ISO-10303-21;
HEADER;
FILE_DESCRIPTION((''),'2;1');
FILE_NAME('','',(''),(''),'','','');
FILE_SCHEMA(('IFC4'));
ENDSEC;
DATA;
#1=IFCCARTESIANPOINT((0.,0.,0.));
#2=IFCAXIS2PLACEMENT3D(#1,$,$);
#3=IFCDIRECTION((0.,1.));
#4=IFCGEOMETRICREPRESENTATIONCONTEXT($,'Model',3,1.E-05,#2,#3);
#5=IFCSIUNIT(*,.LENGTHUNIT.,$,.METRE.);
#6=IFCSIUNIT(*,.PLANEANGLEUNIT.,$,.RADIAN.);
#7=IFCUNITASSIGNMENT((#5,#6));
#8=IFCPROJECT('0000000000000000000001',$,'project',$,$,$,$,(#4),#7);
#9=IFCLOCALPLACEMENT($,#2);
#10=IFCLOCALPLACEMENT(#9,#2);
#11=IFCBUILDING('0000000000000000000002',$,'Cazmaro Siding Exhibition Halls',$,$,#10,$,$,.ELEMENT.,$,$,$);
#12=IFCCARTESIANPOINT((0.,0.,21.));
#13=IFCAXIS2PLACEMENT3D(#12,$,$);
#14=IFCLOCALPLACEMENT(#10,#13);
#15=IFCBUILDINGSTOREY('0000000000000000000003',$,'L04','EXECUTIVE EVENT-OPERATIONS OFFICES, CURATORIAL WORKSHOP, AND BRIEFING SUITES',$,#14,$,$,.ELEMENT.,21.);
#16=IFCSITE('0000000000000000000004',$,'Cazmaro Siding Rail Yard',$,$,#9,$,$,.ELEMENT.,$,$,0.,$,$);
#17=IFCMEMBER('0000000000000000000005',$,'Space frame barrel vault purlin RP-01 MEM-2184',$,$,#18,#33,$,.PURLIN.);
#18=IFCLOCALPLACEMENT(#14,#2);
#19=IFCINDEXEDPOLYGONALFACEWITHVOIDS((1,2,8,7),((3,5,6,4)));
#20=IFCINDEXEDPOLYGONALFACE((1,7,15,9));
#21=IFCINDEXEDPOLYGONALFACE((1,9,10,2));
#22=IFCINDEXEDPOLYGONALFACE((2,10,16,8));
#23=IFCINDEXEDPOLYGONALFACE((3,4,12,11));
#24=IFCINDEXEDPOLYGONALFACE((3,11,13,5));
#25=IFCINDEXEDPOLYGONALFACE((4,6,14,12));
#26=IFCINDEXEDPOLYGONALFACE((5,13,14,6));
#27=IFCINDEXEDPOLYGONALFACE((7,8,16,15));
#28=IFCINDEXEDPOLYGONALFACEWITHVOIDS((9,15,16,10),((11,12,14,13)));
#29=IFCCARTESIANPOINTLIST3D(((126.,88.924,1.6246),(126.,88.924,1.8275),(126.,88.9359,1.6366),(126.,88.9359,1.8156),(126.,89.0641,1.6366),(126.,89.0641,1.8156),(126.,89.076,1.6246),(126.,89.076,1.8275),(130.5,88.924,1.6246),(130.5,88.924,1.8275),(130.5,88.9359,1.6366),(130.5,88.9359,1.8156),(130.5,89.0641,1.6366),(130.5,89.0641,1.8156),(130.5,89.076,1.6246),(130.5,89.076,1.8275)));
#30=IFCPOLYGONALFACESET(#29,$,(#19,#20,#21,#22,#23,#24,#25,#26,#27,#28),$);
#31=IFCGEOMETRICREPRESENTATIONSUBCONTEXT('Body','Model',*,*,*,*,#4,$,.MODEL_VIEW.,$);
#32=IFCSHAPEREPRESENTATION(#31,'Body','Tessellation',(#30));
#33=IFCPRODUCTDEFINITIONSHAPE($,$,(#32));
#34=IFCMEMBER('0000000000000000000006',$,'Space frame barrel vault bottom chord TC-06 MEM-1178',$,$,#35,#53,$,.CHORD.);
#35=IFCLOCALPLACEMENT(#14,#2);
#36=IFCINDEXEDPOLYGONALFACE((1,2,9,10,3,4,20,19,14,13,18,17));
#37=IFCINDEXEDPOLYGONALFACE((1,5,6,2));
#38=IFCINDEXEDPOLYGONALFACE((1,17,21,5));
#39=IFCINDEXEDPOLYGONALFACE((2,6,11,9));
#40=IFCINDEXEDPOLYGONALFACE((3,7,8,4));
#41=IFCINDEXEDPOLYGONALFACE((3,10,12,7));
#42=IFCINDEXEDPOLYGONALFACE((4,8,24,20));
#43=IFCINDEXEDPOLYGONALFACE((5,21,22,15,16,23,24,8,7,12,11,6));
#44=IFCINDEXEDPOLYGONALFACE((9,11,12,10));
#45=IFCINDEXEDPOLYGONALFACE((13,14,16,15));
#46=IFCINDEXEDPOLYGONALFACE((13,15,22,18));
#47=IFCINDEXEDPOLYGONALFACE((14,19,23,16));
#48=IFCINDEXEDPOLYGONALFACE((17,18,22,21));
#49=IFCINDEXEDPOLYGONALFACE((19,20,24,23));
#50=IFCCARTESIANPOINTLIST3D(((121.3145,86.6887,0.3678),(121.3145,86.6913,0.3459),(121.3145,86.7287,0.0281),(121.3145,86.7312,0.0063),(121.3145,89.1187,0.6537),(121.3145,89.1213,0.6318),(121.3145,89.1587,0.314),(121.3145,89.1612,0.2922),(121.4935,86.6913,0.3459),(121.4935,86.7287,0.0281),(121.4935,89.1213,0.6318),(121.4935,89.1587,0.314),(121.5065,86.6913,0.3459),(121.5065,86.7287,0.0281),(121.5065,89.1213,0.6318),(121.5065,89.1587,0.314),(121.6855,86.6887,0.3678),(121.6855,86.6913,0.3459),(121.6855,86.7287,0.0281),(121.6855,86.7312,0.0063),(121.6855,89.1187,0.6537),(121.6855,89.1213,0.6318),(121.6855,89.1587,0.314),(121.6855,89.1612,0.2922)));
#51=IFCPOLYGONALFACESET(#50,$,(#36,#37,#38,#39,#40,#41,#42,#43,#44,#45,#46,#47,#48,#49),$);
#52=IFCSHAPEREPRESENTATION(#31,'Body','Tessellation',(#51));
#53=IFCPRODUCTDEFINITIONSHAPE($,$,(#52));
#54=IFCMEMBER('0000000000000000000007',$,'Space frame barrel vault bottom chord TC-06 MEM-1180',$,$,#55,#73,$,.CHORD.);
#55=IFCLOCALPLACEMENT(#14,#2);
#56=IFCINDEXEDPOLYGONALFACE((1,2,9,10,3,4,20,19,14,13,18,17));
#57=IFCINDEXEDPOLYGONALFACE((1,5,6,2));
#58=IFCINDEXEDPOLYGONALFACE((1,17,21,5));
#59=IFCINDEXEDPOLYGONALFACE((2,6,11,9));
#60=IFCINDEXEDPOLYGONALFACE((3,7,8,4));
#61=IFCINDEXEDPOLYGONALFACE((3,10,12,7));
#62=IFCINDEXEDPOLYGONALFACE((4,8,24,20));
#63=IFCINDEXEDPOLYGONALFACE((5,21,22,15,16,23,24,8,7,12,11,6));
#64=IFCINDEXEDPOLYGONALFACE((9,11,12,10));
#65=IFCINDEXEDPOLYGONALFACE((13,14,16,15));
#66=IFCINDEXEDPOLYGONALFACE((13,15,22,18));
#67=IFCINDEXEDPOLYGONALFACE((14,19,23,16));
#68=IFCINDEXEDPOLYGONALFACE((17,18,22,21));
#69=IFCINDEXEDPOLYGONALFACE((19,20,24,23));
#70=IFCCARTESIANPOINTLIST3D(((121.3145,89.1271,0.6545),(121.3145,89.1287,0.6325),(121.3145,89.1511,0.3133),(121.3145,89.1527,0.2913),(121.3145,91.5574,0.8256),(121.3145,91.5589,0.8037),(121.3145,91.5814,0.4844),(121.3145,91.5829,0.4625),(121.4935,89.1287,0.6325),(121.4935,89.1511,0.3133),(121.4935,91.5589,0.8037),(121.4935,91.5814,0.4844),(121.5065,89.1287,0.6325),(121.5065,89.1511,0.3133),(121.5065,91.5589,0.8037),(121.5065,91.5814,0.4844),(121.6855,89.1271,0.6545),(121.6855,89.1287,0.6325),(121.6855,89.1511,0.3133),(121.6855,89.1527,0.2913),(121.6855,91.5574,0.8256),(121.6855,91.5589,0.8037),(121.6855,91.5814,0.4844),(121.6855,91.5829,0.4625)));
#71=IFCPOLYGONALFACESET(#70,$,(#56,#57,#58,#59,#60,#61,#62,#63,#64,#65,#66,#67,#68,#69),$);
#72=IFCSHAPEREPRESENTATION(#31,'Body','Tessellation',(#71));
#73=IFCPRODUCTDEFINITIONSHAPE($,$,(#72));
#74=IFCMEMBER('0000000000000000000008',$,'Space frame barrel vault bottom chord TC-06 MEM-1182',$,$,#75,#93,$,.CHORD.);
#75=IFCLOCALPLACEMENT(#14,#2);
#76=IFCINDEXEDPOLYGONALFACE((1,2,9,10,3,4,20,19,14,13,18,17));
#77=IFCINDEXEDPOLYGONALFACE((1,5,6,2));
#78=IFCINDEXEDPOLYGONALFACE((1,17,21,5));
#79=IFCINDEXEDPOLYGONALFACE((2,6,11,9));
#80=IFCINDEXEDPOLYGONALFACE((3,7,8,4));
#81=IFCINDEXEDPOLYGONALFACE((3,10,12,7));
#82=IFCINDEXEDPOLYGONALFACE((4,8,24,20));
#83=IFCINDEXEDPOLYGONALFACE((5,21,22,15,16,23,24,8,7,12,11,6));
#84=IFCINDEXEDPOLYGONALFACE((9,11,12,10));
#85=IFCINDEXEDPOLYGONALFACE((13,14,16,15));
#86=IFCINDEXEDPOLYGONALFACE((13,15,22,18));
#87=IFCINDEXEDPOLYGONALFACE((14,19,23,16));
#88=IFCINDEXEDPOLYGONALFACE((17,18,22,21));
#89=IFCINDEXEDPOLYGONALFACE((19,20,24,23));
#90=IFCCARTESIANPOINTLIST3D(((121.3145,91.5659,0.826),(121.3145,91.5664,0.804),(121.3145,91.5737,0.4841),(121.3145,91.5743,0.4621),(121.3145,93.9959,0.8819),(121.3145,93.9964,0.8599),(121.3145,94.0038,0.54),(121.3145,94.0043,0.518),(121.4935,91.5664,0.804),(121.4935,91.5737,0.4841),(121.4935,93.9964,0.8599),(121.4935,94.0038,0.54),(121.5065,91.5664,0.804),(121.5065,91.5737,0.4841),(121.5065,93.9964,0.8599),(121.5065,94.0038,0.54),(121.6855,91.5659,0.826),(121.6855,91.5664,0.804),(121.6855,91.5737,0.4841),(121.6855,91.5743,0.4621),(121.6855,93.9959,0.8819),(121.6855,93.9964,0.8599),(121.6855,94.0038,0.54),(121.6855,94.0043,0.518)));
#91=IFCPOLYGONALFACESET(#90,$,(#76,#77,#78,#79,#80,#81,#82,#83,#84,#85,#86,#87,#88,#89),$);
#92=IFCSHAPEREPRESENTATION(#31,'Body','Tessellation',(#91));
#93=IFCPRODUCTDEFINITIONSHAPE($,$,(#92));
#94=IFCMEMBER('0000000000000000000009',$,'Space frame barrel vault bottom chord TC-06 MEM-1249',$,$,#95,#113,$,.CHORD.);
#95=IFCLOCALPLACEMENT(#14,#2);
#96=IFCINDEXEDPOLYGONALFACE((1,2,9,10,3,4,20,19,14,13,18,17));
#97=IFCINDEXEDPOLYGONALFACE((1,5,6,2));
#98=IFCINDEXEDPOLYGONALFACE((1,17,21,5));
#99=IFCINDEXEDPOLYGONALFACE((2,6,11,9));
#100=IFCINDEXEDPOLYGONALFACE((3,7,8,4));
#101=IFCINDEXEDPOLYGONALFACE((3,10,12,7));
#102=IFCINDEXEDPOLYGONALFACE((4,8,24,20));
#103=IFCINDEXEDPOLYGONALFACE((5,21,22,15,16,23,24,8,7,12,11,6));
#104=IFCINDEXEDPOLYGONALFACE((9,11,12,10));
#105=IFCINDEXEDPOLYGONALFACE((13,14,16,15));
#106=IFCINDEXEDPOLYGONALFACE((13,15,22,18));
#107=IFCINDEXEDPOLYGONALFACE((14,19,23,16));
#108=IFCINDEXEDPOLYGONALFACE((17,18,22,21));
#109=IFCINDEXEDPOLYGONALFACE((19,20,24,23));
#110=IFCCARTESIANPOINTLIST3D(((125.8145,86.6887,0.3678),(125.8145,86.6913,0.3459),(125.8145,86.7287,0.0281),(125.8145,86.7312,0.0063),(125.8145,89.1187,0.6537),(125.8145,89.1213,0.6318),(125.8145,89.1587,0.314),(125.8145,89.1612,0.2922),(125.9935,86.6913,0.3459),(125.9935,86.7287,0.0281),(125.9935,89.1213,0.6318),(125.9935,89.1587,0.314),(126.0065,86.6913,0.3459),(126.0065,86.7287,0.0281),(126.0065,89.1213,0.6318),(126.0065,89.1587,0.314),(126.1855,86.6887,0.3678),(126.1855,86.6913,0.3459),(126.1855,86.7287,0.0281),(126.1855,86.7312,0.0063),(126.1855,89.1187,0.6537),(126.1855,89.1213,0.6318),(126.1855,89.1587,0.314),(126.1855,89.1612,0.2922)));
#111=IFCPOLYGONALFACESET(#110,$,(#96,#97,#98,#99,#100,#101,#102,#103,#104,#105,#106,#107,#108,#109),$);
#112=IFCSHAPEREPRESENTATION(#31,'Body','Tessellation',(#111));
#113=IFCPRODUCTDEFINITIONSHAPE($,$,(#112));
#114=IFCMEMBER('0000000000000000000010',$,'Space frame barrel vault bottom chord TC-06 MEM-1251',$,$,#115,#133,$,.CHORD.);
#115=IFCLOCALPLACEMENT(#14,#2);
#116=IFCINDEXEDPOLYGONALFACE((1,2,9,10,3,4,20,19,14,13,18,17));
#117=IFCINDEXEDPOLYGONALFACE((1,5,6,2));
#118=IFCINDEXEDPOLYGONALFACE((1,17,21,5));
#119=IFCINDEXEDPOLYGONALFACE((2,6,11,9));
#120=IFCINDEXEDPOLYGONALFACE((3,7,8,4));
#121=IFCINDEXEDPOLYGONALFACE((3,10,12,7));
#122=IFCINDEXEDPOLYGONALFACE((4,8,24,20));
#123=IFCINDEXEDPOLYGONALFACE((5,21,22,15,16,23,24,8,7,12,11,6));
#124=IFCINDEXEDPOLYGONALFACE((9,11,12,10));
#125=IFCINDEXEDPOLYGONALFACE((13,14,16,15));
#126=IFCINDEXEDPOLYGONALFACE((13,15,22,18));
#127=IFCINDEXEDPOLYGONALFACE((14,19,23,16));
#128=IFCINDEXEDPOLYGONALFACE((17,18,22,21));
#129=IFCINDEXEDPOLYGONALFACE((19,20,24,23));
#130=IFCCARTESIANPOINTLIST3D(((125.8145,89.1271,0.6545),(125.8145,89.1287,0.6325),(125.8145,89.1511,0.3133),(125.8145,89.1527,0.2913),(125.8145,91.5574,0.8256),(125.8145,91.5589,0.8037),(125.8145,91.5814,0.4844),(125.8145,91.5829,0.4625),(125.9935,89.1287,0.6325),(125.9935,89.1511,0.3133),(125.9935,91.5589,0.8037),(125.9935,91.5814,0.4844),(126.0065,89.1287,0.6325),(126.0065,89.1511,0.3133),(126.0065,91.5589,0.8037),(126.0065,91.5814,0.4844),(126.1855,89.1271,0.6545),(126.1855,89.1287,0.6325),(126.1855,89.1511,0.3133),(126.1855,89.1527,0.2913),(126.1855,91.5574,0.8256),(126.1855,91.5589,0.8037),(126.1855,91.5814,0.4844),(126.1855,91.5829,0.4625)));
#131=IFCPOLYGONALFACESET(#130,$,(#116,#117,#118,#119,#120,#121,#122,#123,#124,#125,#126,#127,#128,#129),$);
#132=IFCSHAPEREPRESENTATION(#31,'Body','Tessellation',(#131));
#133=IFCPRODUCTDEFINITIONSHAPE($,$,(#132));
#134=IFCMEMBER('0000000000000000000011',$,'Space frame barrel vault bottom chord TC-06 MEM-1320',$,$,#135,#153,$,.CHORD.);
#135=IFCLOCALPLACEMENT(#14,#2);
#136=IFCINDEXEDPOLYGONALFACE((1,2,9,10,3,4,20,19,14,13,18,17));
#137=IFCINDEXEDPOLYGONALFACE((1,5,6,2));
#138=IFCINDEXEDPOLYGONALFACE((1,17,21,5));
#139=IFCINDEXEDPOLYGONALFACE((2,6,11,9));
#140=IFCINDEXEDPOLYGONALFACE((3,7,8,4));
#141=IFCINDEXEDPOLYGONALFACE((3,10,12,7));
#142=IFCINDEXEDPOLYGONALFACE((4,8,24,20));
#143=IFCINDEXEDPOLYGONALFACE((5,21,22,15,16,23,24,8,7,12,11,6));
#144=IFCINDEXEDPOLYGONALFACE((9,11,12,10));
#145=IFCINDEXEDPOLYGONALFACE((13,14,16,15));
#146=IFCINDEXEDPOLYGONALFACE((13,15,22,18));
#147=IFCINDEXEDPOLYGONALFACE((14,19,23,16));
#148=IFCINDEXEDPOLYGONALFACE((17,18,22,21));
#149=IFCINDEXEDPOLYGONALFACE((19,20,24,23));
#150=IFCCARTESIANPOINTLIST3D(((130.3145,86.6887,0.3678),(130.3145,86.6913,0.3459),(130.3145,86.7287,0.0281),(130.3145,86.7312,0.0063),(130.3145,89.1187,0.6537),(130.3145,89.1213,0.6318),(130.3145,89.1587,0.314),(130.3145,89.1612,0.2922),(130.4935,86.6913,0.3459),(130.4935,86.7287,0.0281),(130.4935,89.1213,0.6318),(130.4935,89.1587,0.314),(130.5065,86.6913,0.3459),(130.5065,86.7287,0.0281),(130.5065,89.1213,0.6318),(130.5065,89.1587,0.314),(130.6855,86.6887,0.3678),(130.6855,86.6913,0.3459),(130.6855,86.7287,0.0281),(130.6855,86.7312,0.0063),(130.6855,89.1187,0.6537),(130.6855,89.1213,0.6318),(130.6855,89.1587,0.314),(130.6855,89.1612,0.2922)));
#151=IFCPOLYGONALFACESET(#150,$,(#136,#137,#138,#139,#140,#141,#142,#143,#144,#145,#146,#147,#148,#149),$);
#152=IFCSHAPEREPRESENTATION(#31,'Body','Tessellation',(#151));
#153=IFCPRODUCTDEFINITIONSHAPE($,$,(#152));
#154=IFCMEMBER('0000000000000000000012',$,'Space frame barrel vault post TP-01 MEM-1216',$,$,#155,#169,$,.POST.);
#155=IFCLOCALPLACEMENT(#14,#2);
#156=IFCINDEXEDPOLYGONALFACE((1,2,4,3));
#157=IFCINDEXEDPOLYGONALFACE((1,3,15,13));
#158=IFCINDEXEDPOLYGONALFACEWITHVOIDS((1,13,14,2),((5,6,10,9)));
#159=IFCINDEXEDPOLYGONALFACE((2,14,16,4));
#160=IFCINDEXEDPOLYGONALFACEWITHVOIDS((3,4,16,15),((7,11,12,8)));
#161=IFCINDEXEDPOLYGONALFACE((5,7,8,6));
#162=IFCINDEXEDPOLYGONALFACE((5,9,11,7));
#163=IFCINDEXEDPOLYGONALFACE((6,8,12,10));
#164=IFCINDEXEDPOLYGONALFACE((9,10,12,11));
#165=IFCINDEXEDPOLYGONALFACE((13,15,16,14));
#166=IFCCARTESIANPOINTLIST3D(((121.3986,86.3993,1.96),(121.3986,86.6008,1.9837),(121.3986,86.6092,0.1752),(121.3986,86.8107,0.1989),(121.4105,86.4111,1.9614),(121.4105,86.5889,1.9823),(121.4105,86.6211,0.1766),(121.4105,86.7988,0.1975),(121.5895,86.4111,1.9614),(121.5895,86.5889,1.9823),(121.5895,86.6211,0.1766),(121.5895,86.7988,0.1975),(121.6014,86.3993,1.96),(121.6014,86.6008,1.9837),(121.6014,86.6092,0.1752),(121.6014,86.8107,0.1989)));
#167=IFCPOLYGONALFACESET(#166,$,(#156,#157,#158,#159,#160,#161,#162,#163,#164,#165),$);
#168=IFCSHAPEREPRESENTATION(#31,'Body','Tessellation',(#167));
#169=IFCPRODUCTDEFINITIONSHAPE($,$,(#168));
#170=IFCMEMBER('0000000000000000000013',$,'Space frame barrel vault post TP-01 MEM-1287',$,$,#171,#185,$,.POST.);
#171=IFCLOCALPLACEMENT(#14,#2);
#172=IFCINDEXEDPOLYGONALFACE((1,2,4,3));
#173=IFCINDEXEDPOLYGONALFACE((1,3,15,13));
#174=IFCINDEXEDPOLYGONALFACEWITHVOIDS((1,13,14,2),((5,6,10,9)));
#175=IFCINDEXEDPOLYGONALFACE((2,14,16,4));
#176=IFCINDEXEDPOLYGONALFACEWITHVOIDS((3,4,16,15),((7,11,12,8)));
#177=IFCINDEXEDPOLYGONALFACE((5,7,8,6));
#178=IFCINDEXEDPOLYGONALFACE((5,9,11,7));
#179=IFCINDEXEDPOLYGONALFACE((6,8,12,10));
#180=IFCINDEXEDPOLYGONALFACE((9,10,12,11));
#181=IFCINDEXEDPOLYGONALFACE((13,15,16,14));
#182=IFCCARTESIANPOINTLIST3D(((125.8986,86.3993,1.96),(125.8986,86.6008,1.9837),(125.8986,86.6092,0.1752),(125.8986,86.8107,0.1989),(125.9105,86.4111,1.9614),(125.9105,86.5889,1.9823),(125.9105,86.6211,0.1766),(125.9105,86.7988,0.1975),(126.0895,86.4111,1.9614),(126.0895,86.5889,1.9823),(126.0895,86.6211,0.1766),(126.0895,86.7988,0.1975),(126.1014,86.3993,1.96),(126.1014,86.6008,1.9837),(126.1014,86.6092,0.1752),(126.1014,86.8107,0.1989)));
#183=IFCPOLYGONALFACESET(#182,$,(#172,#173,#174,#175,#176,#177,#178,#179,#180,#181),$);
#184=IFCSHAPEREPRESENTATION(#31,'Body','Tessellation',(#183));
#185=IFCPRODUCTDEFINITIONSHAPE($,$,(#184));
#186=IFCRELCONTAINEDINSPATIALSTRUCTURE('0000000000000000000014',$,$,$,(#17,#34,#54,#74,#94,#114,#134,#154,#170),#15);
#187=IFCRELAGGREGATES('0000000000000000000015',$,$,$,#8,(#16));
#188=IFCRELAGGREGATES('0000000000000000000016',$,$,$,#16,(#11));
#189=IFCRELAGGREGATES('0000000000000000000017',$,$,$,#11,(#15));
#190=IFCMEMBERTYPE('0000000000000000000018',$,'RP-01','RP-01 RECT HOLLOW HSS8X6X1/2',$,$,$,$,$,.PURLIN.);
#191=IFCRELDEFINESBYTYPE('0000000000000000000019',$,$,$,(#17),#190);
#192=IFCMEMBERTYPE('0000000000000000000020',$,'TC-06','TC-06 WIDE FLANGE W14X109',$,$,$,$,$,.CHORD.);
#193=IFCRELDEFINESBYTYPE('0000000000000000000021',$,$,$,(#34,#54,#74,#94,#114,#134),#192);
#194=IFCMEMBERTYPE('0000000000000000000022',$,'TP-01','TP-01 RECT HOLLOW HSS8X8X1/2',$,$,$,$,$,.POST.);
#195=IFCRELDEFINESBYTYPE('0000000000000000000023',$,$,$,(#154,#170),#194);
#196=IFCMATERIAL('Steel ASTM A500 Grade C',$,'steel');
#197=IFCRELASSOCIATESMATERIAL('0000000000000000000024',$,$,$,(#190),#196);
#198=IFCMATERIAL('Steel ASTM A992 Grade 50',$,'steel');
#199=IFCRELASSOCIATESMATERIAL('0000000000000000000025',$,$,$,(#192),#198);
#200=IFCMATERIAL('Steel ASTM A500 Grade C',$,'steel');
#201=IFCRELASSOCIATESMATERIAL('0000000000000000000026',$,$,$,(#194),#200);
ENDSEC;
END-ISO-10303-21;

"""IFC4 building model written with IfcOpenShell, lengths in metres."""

from ifc_helpers import new_model, si_unit, direction, frame, origin, origin_2d, place, context, subcontext, project, spatial, hollow_rectangle, i_section, extrude, material, material_profile, profile_set, type_object, element, save


model = new_model("IFC4")

# Units and contexts
model_context = context("Model", 3, precision=1e-05, world=origin(), true_north=direction((0.0, 1.0)))
body_context = subcontext(model_context, "Body", "Model", "MODEL_VIEW")
ifc_project = project(units=[si_unit("LENGTHUNIT", "METRE"), si_unit("PLANEANGLEUNIT", "RADIAN")], contexts=[model_context])

# Site, building, storey
site_placement = place(None, origin())
site = spatial("IfcSite", under=ifc_project, at=site_placement, Name="Cazmaro Siding Rail Yard", CompositionType="ELEMENT", RefElevation=0.0)
building_placement = place(site_placement, origin())
building = spatial("IfcBuilding", under=site, at=building_placement, Name="Cazmaro Siding Exhibition Halls", CompositionType="ELEMENT")
storey_placement = place(building_placement, frame((0.0, 0.0, 21.0)))
storey = spatial("IfcBuildingStorey", under=building, at=storey_placement, Name="L04", Description="EXECUTIVE EVENT-OPERATIONS OFFICES, CURATORIAL WORKSHOP, AND BRIEFING SUITES", CompositionType="ELEMENT", Elevation=21.0)

# Members
ifc_material_1 = material(Name="Steel ASTM A500 Grade C", Category="steel")
ifc_material_profile_1 = material_profile(ifc_material_1, hollow_rectangle(XDim=0.1521, YDim=0.2029, WallThickness=0.012, at=origin_2d()), Name="HSS8X6X1/2")
ifc_profile_set_1 = profile_set([ifc_material_profile_1], Name="Steel ASTM A500 Grade C")
member_type_1 = type_object("IfcMemberType", Name="RP-01", Description="RP-01 RECT HOLLOW HSS8X6X1/2", PredefinedType="PURLIN", material=ifc_profile_set_1)
for number, where, z_axis, x_axis, name in (
    (1, (126.0, 89.0, 1.7261), (1.0, 0.0, 0.0), (0.0, 1.0, 0.0), "Space frame barrel vault purlin RP-01 MEM-2184"),
):
    element("IfcMember", number, at=place(storey_placement, frame(where, z_axis=z_axis, x_axis=x_axis)), inside=storey, type_object=member_type_1, Name=name, PredefinedType="PURLIN", context=body_context, shape_type="SweptSolid", body=[
        extrude(hollow_rectangle(XDim=0.1521, YDim=0.2029, WallThickness=0.012, at=origin_2d()), origin(), (0.0, 0.0, 1.0), 4.5),
    ])
ifc_material_2 = material(Name="Steel ASTM A992 Grade 50", Category="steel")
ifc_material_profile_2 = material_profile(ifc_material_2, i_section(OverallWidth=0.3711, OverallDepth=0.364, WebThickness=0.0129, FlangeThickness=0.022, at=origin_2d()), Name="W14X109")
ifc_profile_set_2 = profile_set([ifc_material_profile_2], Name="Steel ASTM A992 Grade 50")
member_type_2 = type_object("IfcMemberType", Name="TC-06", Description="TC-06 WIDE FLANGE W14X109", PredefinedType="CHORD", material=ifc_profile_set_2)
member_1_placement = place(storey_placement, frame((121.5, 86.71, 0.187), z_axis=(0.0, 0.99315, 0.116847), x_axis=(-1.0, 0.0, 0.0)))
element("IfcMember", 2, at=member_1_placement, inside=storey, type_object=member_type_2, Name="Space frame barrel vault bottom chord TC-06 MEM-1178", PredefinedType="CHORD", context=body_context, shape_type="SweptSolid", body=[
    extrude(i_section(OverallWidth=0.3711, OverallDepth=0.364, WebThickness=0.0129, FlangeThickness=0.022, at=origin_2d()), origin(), (0.0, 0.0, 1.0), 2.4468),
])
member_2_placement = place(storey_placement, frame((121.5, 89.1399, 0.4729), z_axis=(0.0, 0.997529, 0.07025), x_axis=(-1.0, 0.0, 0.0)))
element("IfcMember", 3, at=member_2_placement, inside=storey, type_object=member_type_2, Name="Space frame barrel vault bottom chord TC-06 MEM-1180", PredefinedType="CHORD", context=body_context, shape_type="SweptSolid", body=[
    extrude(i_section(OverallWidth=0.3711, OverallDepth=0.364, WebThickness=0.0129, FlangeThickness=0.022, at=origin_2d()), origin(), (0.0, 0.0, 1.0), 2.4363),
])
member_3_placement = place(storey_placement, frame((121.5, 91.5701, 0.644), z_axis=(0.0, 0.999735, 0.023002), x_axis=(-1.0, 0.0, 0.0)))
element("IfcMember", 4, at=member_3_placement, inside=storey, type_object=member_type_2, Name="Space frame barrel vault bottom chord TC-06 MEM-1182", PredefinedType="CHORD", context=body_context, shape_type="SweptSolid", body=[
    extrude(i_section(OverallWidth=0.3711, OverallDepth=0.364, WebThickness=0.0129, FlangeThickness=0.022, at=origin_2d()), origin(), (0.0, 0.0, 1.0), 2.4307),
])
member_4_placement = place(storey_placement, frame((126.0, 86.71, 0.187), z_axis=(0.0, 0.99315, 0.116847), x_axis=(-1.0, 0.0, 0.0)))
element("IfcMember", 5, at=member_4_placement, inside=storey, type_object=member_type_2, Name="Space frame barrel vault bottom chord TC-06 MEM-1249", PredefinedType="CHORD", context=body_context, shape_type="SweptSolid", body=[
    extrude(i_section(OverallWidth=0.3711, OverallDepth=0.364, WebThickness=0.0129, FlangeThickness=0.022, at=origin_2d()), origin(), (0.0, 0.0, 1.0), 2.4468),
])
member_5_placement = place(storey_placement, frame((126.0, 89.1399, 0.4729), z_axis=(0.0, 0.997529, 0.07025), x_axis=(-1.0, 0.0, 0.0)))
element("IfcMember", 6, at=member_5_placement, inside=storey, type_object=member_type_2, Name="Space frame barrel vault bottom chord TC-06 MEM-1251", PredefinedType="CHORD", context=body_context, shape_type="SweptSolid", body=[
    extrude(i_section(OverallWidth=0.3711, OverallDepth=0.364, WebThickness=0.0129, FlangeThickness=0.022, at=origin_2d()), origin(), (0.0, 0.0, 1.0), 2.4363),
])
member_6_placement = place(storey_placement, frame((130.5, 86.71, 0.187), z_axis=(0.0, 0.99315, 0.116847), x_axis=(-1.0, 0.0, 0.0)))
element("IfcMember", 7, at=member_6_placement, inside=storey, type_object=member_type_2, Name="Space frame barrel vault bottom chord TC-06 MEM-1320", PredefinedType="CHORD", context=body_context, shape_type="SweptSolid", body=[
    extrude(i_section(OverallWidth=0.3711, OverallDepth=0.364, WebThickness=0.0129, FlangeThickness=0.022, at=origin_2d()), origin(), (0.0, 0.0, 1.0), 2.4468),
])
ifc_material_3 = material(Name="Steel ASTM A500 Grade C", Category="steel")
ifc_material_profile_3 = material_profile(ifc_material_3, hollow_rectangle(XDim=0.2029, YDim=0.2029, WallThickness=0.012, at=origin_2d()), Name="HSS8X8X1/2")
ifc_profile_set_3 = profile_set([ifc_material_profile_3], Name="Steel ASTM A500 Grade C")
member_type_3 = type_object("IfcMemberType", Name="TP-01", Description="TP-01 RECT HOLLOW HSS8X8X1/2", PredefinedType="POST", material=ifc_profile_set_3)
for number, where, z_axis, x_axis, name in (
    (8, (121.5, 86.71, 0.187), (0.0, -0.116825, 0.993152), (1.0, 0.0, 0.0), "Space frame barrel vault post TP-01 MEM-1216"),
    (9, (126.0, 86.71, 0.187), (0.0, -0.116825, 0.993152), (1.0, 0.0, 0.0), "Space frame barrel vault post TP-01 MEM-1287"),
):
    element("IfcMember", number, at=place(storey_placement, frame(where, z_axis=z_axis, x_axis=x_axis)), inside=storey, type_object=member_type_3, Name=name, PredefinedType="POST", context=body_context, shape_type="SweptSolid", body=[
        extrude(hollow_rectangle(XDim=0.2029, YDim=0.2029, WallThickness=0.012, at=origin_2d()), origin(), (0.0, 0.0, 1.0), 1.7971),
    ])

save(model, "model.ifc")
